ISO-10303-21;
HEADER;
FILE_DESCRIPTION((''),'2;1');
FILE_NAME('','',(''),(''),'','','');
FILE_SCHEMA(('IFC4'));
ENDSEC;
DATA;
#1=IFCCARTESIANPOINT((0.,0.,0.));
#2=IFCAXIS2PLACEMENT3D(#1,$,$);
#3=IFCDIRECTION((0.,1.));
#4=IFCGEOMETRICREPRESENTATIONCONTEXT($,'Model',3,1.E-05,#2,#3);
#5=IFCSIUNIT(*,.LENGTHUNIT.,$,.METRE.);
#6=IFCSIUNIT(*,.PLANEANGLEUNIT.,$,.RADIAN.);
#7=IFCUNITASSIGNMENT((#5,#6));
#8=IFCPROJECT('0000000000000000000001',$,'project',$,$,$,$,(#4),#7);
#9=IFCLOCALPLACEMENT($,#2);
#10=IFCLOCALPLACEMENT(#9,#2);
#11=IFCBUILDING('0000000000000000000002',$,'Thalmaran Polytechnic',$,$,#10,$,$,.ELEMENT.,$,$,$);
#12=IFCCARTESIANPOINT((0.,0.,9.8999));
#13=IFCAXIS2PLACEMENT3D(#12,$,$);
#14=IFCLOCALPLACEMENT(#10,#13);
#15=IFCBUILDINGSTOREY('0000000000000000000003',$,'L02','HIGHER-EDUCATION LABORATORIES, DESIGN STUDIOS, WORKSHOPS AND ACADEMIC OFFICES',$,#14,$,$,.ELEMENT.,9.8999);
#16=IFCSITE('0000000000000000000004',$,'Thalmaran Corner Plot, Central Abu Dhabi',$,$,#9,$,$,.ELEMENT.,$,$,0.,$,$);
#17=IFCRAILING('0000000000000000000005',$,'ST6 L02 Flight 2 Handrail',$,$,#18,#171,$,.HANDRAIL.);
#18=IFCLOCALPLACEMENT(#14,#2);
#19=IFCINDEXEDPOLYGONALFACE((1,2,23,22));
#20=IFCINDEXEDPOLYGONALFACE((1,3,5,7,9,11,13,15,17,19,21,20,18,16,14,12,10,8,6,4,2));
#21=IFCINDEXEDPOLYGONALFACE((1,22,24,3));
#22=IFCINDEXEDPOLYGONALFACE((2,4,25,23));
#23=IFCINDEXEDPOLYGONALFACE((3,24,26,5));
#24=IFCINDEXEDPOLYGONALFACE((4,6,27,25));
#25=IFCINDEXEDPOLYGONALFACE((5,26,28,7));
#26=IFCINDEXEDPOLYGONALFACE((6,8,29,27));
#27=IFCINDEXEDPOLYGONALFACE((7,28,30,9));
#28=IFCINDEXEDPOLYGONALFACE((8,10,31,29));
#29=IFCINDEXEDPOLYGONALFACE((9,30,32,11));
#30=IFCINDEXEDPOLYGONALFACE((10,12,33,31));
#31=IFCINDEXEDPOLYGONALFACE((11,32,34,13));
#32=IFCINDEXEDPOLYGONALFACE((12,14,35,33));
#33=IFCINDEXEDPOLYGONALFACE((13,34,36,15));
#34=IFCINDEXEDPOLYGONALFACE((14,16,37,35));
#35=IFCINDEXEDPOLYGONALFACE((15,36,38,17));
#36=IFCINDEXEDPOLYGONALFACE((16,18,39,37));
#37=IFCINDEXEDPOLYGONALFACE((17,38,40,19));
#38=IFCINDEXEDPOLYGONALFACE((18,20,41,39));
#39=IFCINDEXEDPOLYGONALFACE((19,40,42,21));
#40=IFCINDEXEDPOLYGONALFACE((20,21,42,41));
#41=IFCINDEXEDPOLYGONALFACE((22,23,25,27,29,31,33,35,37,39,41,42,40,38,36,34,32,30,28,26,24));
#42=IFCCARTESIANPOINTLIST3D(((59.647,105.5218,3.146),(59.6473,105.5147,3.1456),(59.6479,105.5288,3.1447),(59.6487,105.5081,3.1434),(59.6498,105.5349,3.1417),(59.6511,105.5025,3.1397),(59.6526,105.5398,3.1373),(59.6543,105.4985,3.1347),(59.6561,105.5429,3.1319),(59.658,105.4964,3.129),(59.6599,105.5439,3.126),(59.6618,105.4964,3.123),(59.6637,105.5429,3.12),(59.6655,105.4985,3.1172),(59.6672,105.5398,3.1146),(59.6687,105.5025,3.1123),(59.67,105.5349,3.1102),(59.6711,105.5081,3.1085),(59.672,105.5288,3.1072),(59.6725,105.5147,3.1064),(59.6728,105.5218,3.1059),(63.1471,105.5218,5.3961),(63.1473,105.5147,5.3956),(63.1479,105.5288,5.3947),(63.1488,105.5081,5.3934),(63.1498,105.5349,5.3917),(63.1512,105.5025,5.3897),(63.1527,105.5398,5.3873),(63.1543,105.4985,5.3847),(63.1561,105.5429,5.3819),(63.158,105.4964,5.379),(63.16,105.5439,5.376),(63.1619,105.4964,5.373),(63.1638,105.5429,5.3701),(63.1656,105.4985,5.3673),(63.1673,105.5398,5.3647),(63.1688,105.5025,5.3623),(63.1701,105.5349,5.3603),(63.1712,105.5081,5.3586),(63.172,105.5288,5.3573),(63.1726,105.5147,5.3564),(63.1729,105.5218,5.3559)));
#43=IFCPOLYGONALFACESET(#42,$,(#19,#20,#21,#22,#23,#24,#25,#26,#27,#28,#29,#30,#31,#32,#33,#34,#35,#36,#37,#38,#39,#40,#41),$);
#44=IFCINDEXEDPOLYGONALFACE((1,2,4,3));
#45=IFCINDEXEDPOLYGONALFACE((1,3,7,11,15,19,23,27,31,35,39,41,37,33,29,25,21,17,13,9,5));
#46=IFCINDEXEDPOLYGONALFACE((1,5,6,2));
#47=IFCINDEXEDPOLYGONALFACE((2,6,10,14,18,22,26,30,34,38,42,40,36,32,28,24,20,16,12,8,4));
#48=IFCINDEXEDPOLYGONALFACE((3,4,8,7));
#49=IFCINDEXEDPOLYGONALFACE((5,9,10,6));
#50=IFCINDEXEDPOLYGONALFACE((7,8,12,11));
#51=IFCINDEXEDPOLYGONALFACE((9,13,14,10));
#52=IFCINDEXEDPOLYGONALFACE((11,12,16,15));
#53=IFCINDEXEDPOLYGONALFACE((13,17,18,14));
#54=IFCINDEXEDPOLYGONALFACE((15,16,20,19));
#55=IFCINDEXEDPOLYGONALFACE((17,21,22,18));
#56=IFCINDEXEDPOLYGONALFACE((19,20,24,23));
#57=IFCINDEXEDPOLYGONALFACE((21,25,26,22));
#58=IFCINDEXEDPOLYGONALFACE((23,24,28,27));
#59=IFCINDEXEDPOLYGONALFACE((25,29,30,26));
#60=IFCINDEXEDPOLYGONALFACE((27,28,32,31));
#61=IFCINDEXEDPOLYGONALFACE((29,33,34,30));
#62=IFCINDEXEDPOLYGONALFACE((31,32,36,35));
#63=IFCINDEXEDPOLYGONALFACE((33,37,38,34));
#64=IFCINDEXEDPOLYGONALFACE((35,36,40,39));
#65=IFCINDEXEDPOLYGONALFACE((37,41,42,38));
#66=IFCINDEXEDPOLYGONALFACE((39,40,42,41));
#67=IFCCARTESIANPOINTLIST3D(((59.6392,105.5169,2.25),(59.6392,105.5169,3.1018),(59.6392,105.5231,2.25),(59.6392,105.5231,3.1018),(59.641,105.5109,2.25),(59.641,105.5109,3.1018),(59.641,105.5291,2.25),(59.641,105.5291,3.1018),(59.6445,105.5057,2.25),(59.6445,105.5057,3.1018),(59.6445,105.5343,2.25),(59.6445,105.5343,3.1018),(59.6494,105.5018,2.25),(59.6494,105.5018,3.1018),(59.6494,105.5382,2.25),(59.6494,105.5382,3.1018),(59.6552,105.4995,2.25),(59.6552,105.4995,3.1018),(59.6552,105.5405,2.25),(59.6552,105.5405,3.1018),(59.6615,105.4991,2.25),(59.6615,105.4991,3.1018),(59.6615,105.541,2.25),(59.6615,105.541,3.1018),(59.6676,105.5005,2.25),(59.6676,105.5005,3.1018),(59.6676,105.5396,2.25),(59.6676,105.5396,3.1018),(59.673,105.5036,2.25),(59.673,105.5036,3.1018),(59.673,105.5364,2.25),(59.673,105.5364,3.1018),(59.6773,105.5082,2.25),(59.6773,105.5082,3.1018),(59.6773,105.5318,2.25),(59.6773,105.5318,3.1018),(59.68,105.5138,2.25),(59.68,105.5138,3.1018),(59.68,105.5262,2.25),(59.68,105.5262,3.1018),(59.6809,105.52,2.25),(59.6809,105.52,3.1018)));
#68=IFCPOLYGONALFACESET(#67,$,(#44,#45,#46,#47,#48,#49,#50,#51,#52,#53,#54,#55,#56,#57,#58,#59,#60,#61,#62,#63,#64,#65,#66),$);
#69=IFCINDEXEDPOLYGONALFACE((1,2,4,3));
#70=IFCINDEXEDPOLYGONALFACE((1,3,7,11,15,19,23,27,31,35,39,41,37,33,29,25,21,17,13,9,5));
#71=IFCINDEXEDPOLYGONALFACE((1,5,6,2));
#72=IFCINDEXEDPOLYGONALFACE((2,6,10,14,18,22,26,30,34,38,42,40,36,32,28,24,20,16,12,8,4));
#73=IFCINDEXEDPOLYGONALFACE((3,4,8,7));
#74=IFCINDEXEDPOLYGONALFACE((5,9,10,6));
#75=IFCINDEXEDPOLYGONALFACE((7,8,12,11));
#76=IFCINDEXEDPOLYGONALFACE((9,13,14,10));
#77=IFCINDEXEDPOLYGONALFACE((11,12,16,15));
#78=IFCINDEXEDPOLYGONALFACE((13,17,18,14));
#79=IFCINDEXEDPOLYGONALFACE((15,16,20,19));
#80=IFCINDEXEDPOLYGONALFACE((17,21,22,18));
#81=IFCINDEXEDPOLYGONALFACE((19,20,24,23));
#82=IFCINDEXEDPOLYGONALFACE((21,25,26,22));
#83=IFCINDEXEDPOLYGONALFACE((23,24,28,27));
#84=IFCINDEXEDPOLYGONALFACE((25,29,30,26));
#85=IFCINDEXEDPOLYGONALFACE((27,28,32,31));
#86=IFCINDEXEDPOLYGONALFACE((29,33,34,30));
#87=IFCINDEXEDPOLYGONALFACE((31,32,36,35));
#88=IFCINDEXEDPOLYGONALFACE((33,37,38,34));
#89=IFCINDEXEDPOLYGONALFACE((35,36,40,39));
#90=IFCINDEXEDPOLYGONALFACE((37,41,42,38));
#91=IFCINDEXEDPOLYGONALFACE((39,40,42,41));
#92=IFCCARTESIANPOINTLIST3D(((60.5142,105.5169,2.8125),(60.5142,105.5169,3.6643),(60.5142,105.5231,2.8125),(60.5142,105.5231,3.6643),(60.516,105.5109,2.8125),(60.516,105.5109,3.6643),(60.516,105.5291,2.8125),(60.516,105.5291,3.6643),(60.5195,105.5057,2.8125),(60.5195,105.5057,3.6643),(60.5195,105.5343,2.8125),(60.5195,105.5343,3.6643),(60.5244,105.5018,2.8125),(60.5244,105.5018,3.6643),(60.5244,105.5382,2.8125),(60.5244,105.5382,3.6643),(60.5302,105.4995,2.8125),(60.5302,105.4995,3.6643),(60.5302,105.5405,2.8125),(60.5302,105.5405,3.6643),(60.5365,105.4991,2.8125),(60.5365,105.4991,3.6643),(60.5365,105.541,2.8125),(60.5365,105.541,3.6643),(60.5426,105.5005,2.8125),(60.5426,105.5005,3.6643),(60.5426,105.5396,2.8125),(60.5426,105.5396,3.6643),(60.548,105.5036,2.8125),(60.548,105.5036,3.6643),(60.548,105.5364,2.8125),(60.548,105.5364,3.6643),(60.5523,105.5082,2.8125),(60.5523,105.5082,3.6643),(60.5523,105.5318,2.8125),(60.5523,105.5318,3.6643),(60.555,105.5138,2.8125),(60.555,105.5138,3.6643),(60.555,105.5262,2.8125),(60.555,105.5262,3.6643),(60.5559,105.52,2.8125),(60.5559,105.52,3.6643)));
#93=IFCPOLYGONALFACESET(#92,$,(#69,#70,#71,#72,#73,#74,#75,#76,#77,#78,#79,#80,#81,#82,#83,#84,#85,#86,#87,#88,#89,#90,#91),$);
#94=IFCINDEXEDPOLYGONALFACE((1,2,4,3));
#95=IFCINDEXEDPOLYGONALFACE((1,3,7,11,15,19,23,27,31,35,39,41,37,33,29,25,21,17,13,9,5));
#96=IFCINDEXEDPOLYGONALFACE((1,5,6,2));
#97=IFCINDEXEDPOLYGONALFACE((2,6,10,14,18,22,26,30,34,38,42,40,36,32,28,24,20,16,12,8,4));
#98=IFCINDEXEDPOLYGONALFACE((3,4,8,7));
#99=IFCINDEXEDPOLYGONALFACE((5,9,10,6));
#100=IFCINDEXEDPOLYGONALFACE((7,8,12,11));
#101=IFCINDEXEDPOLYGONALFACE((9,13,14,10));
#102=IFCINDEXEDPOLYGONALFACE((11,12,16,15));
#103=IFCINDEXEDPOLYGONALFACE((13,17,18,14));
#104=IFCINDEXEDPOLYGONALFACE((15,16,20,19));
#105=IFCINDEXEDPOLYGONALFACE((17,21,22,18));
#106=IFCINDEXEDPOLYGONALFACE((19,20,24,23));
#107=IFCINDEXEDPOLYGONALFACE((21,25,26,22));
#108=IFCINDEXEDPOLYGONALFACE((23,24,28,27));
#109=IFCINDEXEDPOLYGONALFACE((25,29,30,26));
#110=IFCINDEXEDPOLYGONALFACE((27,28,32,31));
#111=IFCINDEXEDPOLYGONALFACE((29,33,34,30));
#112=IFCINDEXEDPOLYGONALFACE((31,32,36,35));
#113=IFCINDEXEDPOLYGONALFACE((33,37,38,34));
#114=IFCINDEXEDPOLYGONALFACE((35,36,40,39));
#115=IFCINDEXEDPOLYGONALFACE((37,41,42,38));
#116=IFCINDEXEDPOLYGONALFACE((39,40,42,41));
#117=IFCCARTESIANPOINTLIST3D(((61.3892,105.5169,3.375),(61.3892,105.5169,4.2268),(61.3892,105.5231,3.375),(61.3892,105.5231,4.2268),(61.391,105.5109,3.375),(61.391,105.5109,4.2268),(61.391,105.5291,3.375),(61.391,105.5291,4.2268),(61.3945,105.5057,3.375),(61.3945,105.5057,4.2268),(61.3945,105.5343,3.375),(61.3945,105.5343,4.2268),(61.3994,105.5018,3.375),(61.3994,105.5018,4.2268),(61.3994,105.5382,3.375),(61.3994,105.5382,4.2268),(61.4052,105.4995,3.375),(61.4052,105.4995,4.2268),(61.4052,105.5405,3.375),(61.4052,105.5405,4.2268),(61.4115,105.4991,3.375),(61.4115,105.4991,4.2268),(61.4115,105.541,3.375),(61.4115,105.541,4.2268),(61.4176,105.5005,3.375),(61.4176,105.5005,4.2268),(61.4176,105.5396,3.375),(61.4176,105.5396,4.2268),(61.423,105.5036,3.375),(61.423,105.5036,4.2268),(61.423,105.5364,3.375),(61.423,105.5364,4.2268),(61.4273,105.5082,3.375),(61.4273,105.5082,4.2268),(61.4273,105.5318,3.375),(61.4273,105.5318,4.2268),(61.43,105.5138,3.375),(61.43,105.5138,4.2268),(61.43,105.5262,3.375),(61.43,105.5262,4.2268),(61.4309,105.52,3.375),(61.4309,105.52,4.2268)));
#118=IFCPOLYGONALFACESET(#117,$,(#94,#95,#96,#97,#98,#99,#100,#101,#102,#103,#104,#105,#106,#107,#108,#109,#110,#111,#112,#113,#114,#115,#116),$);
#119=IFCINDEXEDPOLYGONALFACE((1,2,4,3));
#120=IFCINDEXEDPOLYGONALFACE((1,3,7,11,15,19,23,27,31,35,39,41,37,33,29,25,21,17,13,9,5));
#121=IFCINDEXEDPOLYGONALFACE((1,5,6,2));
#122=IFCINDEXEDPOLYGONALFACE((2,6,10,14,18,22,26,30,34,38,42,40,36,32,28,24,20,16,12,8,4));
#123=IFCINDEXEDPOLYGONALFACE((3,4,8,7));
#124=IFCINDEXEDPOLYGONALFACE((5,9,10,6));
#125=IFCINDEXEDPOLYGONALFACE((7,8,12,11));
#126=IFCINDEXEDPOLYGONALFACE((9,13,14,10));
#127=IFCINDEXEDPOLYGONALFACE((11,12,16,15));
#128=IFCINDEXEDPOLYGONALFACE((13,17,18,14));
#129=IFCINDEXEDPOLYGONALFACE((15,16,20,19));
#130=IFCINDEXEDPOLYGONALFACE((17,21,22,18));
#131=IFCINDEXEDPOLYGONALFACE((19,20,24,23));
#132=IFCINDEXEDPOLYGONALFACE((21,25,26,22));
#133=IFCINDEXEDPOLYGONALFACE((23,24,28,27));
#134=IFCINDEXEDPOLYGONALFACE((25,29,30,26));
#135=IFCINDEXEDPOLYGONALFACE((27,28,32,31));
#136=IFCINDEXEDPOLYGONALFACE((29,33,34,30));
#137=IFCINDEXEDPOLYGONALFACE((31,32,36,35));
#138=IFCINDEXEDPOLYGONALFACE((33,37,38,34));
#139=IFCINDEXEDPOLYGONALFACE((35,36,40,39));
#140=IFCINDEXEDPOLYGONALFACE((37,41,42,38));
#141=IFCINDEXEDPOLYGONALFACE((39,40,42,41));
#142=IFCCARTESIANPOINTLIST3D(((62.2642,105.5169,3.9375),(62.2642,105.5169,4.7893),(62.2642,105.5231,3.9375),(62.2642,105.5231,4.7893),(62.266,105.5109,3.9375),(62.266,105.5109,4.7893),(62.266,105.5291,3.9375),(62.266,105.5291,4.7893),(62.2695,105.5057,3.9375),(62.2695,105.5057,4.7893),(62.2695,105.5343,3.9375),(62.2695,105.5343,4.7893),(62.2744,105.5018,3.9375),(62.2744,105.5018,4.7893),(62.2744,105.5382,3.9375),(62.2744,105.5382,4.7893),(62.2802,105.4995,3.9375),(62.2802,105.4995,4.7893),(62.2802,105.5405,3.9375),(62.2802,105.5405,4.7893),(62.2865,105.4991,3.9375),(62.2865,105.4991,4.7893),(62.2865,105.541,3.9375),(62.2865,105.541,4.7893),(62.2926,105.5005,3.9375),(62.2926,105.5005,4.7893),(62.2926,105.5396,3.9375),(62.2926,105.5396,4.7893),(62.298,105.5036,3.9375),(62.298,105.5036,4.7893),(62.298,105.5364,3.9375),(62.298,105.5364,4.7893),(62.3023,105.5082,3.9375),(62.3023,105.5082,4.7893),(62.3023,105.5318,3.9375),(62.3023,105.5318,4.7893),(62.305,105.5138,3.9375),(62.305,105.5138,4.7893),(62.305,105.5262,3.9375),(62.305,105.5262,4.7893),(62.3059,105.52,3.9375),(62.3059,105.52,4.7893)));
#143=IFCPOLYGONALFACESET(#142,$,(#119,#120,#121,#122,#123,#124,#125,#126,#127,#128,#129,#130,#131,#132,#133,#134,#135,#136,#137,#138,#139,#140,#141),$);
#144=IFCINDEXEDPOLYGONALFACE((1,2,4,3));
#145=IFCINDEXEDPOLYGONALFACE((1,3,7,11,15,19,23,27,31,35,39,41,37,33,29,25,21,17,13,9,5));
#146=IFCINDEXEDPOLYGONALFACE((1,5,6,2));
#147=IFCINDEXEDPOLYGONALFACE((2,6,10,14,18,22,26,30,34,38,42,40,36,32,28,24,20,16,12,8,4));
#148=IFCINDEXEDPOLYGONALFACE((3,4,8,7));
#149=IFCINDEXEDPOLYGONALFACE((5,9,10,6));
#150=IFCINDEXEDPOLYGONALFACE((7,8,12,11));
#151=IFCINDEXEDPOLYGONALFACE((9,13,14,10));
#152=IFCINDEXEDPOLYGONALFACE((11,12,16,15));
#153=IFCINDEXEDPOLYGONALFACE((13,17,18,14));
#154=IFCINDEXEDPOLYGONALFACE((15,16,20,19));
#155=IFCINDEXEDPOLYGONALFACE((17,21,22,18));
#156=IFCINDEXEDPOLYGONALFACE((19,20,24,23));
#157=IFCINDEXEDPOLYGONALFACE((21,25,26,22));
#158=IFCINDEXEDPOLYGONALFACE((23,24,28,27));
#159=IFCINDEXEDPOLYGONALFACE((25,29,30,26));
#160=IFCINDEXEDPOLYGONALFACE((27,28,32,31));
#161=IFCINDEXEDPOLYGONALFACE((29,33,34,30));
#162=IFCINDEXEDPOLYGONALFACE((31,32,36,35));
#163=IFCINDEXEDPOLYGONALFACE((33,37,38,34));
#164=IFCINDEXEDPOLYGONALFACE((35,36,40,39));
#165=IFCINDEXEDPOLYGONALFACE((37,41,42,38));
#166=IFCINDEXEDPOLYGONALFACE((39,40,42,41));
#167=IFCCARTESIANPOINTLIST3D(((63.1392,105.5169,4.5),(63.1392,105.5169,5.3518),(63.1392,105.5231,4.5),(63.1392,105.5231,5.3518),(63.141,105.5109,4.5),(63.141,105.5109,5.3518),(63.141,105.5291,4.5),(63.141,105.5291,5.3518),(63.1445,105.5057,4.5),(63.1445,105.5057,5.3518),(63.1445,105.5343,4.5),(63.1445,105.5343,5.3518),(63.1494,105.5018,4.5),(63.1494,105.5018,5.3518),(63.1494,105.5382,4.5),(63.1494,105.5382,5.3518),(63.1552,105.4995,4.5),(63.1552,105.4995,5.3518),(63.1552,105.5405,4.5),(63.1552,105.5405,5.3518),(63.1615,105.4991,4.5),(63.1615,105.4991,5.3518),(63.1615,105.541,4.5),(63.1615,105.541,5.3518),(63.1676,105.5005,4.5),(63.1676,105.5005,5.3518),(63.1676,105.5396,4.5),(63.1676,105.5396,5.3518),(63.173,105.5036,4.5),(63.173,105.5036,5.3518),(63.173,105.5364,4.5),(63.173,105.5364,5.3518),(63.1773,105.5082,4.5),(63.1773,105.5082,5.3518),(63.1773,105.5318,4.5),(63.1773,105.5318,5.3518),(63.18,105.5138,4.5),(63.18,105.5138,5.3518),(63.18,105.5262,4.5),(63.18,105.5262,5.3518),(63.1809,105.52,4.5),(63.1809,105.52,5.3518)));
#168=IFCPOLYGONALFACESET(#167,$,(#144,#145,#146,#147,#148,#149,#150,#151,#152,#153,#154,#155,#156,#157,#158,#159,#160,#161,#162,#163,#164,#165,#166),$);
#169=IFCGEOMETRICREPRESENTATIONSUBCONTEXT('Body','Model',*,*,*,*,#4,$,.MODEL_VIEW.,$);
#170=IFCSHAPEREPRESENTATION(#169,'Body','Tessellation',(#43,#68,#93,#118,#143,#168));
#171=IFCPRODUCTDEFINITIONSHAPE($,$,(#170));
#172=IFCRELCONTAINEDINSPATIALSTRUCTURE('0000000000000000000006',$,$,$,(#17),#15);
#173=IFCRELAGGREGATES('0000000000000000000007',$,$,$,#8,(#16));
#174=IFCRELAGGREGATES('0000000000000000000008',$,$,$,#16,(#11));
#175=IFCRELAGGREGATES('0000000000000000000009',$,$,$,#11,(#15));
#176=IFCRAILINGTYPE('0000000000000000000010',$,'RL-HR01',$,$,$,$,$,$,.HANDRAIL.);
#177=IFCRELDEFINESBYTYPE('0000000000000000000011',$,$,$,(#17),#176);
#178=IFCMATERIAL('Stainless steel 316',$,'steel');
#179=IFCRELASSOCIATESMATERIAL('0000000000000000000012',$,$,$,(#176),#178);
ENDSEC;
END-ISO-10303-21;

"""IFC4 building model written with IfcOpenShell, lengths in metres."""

from ifc_helpers import new_model, si_unit, direction, frame, origin, origin_2d, place, context, subcontext, project, spatial, circle, extrude, material, type_object, element, save


model = new_model("IFC4")

# Units and contexts
model_context = context("Model", 3, precision=1e-05, world=origin(), true_north=direction((0.0, 1.0)))
body_context = subcontext(model_context, "Body", "Model", "MODEL_VIEW")
ifc_project = project(units=[si_unit("LENGTHUNIT", "METRE"), si_unit("PLANEANGLEUNIT", "RADIAN")], contexts=[model_context])

# Site, building, storey
site_placement = place(None, origin())
site = spatial("IfcSite", under=ifc_project, at=site_placement, Name="Thalmaran Corner Plot, Central Abu Dhabi", CompositionType="ELEMENT", RefElevation=0.0)
building_placement = place(site_placement, origin())
building = spatial("IfcBuilding", under=site, at=building_placement, Name="Thalmaran Polytechnic", CompositionType="ELEMENT")
storey_placement = place(building_placement, frame((0.0, 0.0, 9.8999)))
storey = spatial("IfcBuildingStorey", under=building, at=storey_placement, Name="L02", Description="HIGHER-EDUCATION LABORATORIES, DESIGN STUDIOS, WORKSHOPS AND ACADEMIC OFFICES", CompositionType="ELEMENT", Elevation=9.8999)

# Railing
ifc_material_1 = material(Name="Stainless steel 316", Category="steel")
railing_type_1 = type_object("IfcRailingType", Name="RL-HR01", PredefinedType="HANDRAIL", material=ifc_material_1)
railing_1_placement = place(storey_placement, frame((59.6599, 105.52, 2.25)))
element("IfcRailing", 1, at=railing_1_placement, inside=storey, type_object=railing_type_1, Name="ST6 L02 Flight 2 Handrail", PredefinedType="HANDRAIL", context=body_context, shape_type="SweptSolid", body=[
    extrude(circle(Radius=0.0239, at=origin_2d()), frame((0.0, 0.0, 0.876), z_axis=(0.841178, 0.0, 0.540758), x_axis=(0.0, 1.0, 0.0)), (0.0, 0.0, 1.0), 4.1609),
    extrude(circle(Radius=0.021, at=origin_2d()), origin(), (0.0, 0.0, 1.0), 0.8518),
    extrude(circle(Radius=0.021, at=origin_2d()), frame((0.875, 0.0, 0.5625)), (0.0, 0.0, 1.0), 0.8518),
    extrude(circle(Radius=0.021, at=origin_2d()), frame((1.75, 0.0, 1.125)), (0.0, 0.0, 1.0), 0.8518),
    extrude(circle(Radius=0.021, at=origin_2d()), frame((2.625, 0.0, 1.6875)), (0.0, 0.0, 1.0), 0.8518),
    extrude(circle(Radius=0.021, at=origin_2d()), frame((3.5, 0.0, 2.25)), (0.0, 0.0, 1.0), 0.8518),
])

save(model, "model.ifc")
